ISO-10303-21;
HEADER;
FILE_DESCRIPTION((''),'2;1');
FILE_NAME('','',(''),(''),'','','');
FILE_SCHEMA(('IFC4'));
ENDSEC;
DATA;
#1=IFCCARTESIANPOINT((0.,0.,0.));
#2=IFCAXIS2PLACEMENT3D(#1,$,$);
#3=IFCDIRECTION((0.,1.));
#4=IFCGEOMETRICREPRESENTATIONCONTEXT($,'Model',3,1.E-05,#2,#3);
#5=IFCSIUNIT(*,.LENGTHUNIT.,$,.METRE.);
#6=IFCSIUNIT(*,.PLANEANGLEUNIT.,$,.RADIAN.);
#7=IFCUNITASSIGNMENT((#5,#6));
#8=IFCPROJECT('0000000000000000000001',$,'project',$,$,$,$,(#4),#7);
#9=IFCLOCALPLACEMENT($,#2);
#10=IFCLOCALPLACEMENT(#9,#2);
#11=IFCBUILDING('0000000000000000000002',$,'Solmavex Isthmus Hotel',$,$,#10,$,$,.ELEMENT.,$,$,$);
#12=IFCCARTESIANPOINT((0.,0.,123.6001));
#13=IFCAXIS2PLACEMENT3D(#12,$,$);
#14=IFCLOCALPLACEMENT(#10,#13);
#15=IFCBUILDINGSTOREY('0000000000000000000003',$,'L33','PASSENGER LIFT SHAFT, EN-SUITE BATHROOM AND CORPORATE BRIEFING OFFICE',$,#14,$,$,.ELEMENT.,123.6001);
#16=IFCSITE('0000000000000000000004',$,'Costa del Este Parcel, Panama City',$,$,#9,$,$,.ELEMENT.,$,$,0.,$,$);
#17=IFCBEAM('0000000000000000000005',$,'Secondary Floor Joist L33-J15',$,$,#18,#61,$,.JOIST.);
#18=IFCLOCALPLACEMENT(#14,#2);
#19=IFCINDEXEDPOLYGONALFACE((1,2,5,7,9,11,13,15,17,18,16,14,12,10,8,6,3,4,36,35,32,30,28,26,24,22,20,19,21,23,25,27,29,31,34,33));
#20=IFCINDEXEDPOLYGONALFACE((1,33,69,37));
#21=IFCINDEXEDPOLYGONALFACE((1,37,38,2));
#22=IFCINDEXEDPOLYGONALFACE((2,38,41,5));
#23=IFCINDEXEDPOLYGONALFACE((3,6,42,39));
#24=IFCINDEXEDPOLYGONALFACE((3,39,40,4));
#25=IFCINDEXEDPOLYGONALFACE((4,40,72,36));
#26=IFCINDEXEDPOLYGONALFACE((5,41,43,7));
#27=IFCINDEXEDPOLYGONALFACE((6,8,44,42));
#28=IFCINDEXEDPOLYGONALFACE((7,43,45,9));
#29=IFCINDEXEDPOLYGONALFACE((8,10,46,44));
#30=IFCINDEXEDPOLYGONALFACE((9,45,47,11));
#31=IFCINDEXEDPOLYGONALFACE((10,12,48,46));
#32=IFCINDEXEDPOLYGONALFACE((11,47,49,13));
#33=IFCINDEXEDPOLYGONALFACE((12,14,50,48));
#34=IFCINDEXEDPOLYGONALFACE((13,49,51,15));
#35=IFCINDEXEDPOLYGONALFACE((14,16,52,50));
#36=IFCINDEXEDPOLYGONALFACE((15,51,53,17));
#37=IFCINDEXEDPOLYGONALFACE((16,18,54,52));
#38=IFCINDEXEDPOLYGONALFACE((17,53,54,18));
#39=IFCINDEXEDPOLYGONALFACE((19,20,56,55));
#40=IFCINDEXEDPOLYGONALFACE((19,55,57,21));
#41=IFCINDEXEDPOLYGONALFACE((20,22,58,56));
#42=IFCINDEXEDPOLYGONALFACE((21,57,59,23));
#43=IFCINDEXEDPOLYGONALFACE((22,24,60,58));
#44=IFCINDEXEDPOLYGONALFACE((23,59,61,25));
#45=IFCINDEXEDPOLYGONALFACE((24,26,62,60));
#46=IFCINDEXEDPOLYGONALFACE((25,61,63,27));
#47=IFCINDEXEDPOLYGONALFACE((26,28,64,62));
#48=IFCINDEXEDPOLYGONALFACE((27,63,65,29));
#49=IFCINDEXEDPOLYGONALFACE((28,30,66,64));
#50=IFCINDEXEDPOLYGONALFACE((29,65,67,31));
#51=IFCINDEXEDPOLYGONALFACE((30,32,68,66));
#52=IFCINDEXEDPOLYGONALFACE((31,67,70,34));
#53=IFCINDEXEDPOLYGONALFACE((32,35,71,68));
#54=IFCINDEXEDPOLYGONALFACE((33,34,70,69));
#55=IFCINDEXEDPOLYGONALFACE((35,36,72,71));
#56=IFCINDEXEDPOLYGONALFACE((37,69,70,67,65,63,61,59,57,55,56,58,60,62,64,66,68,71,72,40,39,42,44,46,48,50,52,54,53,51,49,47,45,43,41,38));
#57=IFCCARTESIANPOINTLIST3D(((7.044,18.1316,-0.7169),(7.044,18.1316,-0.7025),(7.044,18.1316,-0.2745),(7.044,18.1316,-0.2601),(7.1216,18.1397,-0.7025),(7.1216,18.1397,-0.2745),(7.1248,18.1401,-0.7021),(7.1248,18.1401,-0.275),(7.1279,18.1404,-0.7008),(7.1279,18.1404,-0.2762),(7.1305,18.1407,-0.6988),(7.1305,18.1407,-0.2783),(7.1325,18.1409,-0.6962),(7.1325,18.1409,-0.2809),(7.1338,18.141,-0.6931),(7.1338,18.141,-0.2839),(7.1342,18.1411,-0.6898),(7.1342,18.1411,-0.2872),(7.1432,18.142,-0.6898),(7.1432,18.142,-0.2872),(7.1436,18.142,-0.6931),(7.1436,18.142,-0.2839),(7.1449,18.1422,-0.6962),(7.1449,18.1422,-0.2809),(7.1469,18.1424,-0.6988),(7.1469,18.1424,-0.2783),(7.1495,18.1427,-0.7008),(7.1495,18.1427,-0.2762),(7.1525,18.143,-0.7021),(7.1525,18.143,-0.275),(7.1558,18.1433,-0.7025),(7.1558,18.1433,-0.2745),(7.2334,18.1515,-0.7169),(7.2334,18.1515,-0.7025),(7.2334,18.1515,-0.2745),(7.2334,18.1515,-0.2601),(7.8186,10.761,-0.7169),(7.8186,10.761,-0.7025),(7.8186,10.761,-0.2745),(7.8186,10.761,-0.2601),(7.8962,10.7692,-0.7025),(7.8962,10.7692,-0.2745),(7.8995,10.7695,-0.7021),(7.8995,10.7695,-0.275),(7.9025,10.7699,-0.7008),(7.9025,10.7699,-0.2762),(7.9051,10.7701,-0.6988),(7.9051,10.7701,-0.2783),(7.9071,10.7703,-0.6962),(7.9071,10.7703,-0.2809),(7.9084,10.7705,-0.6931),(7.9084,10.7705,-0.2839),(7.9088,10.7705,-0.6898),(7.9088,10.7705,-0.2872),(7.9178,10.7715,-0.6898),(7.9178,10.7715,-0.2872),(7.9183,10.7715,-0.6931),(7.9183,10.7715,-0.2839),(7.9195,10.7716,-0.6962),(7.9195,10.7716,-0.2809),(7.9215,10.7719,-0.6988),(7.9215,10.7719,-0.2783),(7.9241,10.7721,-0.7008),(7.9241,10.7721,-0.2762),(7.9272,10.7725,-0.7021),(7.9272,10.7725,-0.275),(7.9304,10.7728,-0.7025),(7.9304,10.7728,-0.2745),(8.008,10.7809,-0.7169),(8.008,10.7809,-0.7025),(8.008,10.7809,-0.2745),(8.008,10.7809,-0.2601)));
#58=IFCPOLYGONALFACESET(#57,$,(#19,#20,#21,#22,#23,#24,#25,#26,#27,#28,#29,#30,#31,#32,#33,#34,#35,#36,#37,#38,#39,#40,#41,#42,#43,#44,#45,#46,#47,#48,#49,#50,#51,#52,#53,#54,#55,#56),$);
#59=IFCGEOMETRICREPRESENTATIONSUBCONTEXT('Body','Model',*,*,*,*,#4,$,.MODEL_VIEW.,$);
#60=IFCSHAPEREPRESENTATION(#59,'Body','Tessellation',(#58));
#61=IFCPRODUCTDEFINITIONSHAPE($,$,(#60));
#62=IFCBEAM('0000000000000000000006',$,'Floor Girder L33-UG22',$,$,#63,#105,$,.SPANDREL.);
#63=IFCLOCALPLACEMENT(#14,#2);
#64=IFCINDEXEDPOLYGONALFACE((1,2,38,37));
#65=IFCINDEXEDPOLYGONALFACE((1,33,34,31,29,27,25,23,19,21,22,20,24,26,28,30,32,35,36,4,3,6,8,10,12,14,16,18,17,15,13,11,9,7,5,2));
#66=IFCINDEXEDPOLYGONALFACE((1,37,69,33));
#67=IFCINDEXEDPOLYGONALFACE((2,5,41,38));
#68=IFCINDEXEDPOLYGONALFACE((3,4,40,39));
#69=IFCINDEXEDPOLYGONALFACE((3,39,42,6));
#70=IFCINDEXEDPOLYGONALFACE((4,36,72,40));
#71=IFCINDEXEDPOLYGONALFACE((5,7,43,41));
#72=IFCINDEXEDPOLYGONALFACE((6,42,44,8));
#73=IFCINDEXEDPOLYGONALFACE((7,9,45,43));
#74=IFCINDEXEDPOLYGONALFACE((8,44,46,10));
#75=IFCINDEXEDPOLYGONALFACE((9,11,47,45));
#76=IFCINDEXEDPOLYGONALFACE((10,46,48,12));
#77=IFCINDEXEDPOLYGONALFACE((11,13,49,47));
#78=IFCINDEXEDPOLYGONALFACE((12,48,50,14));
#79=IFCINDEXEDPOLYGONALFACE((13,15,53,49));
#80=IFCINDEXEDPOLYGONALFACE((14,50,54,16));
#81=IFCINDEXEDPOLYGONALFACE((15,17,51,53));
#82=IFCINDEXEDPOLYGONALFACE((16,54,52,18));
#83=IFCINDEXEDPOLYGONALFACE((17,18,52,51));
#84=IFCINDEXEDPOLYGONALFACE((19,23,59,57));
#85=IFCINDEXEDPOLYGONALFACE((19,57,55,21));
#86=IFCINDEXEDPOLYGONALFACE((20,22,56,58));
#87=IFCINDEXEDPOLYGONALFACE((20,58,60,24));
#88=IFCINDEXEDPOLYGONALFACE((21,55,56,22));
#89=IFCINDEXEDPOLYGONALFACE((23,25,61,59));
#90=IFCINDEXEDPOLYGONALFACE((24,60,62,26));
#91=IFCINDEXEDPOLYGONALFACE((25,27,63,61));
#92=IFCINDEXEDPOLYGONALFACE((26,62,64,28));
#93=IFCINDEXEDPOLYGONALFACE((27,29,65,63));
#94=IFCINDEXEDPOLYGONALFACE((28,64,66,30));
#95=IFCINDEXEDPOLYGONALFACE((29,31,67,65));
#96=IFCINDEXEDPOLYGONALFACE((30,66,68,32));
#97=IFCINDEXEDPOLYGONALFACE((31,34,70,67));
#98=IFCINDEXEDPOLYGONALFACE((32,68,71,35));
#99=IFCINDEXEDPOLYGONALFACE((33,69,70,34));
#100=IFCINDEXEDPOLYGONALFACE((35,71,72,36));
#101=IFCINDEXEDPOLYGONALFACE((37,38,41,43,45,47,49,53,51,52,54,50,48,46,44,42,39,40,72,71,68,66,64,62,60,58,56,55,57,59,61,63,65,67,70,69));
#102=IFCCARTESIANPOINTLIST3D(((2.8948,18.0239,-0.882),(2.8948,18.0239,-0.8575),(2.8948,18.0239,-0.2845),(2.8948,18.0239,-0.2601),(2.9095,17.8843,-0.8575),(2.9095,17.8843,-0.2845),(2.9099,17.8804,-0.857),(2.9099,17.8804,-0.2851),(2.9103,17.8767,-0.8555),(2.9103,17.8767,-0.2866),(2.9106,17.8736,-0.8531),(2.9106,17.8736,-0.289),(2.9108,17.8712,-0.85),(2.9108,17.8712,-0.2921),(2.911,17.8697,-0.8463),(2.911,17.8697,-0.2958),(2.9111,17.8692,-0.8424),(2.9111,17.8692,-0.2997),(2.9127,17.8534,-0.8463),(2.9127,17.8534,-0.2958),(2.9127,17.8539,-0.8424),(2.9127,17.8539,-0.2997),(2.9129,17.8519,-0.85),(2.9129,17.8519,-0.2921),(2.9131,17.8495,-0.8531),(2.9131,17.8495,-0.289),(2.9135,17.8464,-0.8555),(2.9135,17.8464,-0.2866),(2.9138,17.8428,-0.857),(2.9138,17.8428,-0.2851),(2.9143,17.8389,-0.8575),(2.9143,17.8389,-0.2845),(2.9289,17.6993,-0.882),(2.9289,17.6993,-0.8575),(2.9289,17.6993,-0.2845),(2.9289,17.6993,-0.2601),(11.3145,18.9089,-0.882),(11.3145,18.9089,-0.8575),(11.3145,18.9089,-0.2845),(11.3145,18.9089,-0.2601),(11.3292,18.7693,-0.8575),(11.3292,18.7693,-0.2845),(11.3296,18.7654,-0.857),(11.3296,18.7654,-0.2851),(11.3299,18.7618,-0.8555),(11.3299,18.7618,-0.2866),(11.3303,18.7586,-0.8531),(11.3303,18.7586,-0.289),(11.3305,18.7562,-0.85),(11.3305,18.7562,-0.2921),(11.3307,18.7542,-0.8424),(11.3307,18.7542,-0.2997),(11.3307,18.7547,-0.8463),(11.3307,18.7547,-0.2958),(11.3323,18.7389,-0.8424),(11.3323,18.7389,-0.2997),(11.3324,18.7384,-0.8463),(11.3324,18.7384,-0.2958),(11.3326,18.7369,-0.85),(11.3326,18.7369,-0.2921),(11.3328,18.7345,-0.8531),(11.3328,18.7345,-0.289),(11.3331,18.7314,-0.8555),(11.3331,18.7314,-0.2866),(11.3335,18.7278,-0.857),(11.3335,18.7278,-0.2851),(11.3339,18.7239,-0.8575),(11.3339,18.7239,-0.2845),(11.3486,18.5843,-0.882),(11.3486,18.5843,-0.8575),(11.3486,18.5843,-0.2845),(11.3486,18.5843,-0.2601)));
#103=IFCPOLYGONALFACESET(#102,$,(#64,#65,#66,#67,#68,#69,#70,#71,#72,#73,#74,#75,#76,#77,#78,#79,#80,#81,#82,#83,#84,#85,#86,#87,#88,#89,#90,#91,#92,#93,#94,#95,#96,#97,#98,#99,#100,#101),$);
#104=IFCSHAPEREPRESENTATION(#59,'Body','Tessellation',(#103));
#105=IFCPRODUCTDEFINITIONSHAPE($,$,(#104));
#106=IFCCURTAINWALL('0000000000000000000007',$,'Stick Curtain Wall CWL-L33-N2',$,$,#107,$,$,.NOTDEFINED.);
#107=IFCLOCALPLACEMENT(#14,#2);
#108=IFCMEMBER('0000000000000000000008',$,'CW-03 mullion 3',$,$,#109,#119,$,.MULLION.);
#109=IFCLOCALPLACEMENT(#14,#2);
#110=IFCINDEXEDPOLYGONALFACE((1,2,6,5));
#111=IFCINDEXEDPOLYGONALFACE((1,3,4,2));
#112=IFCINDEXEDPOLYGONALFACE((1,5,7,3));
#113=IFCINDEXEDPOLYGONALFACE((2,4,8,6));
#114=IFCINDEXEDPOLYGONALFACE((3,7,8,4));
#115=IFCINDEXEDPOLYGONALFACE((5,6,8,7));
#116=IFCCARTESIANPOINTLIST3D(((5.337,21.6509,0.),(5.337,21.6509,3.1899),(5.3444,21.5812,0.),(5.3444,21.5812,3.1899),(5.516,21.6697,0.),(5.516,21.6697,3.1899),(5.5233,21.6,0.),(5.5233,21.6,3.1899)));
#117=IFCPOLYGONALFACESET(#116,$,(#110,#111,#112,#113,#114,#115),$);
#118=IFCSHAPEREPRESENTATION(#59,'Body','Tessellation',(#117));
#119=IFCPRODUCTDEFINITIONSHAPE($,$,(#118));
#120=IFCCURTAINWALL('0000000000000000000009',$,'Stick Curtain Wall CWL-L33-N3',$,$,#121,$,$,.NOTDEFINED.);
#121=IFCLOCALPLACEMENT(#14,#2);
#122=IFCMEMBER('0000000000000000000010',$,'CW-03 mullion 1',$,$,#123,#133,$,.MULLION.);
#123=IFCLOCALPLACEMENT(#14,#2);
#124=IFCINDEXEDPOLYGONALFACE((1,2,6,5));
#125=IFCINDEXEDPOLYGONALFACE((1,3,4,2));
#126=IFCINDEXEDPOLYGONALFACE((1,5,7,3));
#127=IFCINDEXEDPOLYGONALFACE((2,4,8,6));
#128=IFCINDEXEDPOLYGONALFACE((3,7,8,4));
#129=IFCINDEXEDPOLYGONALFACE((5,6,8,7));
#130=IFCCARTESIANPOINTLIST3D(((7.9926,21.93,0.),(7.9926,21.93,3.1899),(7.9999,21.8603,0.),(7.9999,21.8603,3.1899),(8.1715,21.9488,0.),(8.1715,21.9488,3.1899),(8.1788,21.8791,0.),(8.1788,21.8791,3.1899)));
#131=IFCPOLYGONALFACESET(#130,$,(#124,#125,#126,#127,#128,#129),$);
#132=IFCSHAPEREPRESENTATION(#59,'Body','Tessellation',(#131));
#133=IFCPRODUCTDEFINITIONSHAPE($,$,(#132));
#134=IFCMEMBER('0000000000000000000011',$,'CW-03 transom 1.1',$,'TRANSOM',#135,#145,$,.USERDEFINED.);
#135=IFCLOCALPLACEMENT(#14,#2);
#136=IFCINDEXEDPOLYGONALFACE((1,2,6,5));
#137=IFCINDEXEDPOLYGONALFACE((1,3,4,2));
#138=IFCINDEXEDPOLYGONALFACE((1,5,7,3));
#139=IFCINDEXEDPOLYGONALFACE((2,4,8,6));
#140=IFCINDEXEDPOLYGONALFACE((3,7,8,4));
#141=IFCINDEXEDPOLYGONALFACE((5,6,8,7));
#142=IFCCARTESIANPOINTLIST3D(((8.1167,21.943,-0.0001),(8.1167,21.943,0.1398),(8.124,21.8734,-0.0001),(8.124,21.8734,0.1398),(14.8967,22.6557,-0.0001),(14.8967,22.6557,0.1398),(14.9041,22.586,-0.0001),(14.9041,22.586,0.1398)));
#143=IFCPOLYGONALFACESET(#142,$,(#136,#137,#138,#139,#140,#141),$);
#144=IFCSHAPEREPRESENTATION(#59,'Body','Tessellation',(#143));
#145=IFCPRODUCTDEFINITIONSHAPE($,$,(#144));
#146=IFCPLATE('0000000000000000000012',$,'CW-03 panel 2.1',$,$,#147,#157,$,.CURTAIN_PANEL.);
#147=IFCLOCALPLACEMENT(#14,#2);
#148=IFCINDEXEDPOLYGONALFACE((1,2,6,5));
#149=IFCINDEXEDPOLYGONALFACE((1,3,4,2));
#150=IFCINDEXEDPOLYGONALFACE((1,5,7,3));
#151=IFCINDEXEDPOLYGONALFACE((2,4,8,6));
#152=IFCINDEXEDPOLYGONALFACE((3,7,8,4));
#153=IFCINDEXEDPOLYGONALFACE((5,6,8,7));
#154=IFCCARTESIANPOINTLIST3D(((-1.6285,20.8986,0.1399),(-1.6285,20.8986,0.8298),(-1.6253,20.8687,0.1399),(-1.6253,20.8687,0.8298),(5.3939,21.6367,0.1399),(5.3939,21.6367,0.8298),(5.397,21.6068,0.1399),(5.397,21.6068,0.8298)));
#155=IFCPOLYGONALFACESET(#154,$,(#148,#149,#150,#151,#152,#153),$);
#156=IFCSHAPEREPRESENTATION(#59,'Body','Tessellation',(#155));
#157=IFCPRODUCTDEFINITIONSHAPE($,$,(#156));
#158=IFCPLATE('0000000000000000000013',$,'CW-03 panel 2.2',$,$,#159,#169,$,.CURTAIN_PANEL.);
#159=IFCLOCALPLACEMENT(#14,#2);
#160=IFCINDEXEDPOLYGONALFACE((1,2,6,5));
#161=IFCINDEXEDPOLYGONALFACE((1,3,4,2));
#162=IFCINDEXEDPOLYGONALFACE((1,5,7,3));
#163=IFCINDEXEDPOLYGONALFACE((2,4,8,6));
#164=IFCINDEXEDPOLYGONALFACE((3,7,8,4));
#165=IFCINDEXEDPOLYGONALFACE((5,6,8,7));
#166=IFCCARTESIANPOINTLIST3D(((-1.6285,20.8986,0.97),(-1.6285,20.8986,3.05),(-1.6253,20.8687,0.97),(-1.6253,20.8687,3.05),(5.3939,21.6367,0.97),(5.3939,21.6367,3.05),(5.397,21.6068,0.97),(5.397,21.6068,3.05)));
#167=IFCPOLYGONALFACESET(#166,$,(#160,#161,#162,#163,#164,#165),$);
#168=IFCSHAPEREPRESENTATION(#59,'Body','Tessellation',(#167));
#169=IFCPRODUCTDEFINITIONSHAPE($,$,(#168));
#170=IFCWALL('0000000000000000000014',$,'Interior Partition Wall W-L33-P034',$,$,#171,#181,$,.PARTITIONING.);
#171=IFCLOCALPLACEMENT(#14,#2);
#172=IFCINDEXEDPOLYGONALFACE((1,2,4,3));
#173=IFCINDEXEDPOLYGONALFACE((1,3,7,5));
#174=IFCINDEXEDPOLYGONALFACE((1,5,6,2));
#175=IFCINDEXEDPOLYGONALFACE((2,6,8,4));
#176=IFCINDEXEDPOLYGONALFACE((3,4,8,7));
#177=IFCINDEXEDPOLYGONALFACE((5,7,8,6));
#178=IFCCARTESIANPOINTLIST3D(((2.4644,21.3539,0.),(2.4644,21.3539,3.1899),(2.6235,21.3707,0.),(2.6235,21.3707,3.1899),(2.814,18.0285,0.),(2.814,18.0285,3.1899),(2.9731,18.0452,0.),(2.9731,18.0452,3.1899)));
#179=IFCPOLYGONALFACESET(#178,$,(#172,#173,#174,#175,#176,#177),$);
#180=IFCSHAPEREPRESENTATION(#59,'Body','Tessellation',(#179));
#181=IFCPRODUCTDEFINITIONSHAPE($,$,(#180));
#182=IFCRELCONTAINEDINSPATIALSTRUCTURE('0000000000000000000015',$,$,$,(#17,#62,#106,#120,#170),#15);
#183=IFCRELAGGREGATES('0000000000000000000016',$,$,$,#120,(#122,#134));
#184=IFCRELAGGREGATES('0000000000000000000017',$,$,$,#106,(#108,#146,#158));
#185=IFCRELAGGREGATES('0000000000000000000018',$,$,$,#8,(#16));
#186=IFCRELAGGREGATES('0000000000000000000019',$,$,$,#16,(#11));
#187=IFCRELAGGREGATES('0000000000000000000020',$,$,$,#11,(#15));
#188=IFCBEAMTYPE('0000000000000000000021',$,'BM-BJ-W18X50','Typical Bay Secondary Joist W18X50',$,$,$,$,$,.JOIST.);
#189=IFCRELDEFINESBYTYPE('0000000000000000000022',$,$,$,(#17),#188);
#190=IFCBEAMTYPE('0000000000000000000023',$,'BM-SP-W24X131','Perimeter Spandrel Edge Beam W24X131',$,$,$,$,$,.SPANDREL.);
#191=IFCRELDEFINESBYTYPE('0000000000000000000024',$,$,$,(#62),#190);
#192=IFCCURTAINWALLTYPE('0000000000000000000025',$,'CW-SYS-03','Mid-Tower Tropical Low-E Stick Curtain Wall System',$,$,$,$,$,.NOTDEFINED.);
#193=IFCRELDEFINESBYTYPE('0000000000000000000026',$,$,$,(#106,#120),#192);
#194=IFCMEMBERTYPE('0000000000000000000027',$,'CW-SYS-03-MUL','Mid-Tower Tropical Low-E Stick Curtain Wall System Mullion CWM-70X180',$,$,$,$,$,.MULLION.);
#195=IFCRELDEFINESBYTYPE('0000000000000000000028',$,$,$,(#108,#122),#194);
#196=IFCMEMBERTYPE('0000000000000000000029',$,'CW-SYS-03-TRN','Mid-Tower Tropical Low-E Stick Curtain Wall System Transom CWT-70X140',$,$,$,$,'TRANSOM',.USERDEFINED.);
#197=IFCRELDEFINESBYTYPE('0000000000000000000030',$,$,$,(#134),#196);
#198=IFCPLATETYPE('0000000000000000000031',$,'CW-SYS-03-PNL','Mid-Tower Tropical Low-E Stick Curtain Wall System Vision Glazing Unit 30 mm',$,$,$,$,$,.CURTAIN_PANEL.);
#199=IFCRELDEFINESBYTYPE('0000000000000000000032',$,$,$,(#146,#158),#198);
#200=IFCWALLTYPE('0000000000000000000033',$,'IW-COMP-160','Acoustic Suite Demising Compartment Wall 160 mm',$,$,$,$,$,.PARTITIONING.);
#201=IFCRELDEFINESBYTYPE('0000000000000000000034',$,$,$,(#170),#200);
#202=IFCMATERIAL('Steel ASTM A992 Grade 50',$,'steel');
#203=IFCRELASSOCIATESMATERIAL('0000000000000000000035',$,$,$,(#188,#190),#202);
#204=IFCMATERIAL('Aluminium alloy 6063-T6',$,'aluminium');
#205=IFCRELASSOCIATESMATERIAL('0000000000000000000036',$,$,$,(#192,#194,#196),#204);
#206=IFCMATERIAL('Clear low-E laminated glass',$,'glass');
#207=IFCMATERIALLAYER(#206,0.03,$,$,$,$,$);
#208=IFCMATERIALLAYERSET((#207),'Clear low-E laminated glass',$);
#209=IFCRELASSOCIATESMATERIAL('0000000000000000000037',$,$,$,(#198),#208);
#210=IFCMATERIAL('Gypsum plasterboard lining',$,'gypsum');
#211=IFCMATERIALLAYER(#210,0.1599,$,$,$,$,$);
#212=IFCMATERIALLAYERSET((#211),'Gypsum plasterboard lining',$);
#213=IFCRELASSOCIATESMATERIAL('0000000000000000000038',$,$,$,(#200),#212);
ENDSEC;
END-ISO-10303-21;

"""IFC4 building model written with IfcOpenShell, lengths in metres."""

from ifc_helpers import new_model, si_unit, direction, frame, frame_2d, origin, origin_2d, place, context, subcontext, project, spatial, rectangle, i_section, extrude, material, layer, layer_set, material_profile, profile_set, type_object, element, aggregate, save


model = new_model("IFC4")

# Units and contexts
model_context = context("Model", 3, precision=1e-05, world=origin(), true_north=direction((0.0, 1.0)))
body_context = subcontext(model_context, "Body", "Model", "MODEL_VIEW")
ifc_project = project(units=[si_unit("LENGTHUNIT", "METRE"), si_unit("PLANEANGLEUNIT", "RADIAN")], contexts=[model_context])

# Site, building, storey
site_placement = place(None, origin())
site = spatial("IfcSite", under=ifc_project, at=site_placement, Name="Costa del Este Parcel, Panama City", CompositionType="ELEMENT", RefElevation=0.0)
building_placement = place(site_placement, origin())
building = spatial("IfcBuilding", under=site, at=building_placement, Name="Solmavex Isthmus Hotel", CompositionType="ELEMENT")
storey_placement = place(building_placement, frame((0.0, 0.0, 123.6001)))
storey = spatial("IfcBuildingStorey", under=building, at=storey_placement, Name="L33", Description="PASSENGER LIFT SHAFT, EN-SUITE BATHROOM AND CORPORATE BRIEFING OFFICE", CompositionType="ELEMENT", Elevation=123.6001)

# Beams
ifc_material_1 = material(Name="Steel ASTM A992 Grade 50", Category="steel")
ifc_material_profile_1 = material_profile(ifc_material_1, i_section(OverallWidth=0.1904, OverallDepth=0.4568, WebThickness=0.009, FlangeThickness=0.0144, FilletRadius=0.0127, at=origin_2d()), Name="W18X50")
ifc_profile_set_1 = profile_set([ifc_material_profile_1], Name="Steel ASTM A992 Grade 50")
beam_type_1 = type_object("IfcBeamType", Name="BM-BJ-W18X50", Description="Typical Bay Secondary Joist W18X50", PredefinedType="JOIST", material=ifc_profile_set_1)
beam_1_placement = place(storey_placement, frame((7.9133, 10.771, -0.4885), z_axis=(-0.104525, 0.994522, 0.0), x_axis=(-0.994522, -0.104525, 0.0)))
element("IfcBeam", 1, at=beam_1_placement, inside=storey, type_object=beam_type_1, Name="Secondary Floor Joist L33-J15", PredefinedType="JOIST", context=body_context, shape_type="SweptSolid", body=[
    extrude(i_section(OverallWidth=0.1904, OverallDepth=0.4568, WebThickness=0.009, FlangeThickness=0.0144, FilletRadius=0.0127, at=origin_2d()), origin(), (0.0, 0.0, 1.0), 7.4111),
])
ifc_material_profile_2 = material_profile(ifc_material_1, i_section(OverallWidth=0.3264, OverallDepth=0.6218, WebThickness=0.0154, FlangeThickness=0.0244, FilletRadius=0.0151, at=origin_2d()), Name="W24X131")
ifc_profile_set_2 = profile_set([ifc_material_profile_2], Name="Steel ASTM A992 Grade 50")
beam_type_2 = type_object("IfcBeamType", Name="BM-SP-W24X131", Description="Perimeter Spandrel Edge Beam W24X131", PredefinedType="SPANDREL", material=ifc_profile_set_2)
beam_2_placement = place(storey_placement, frame((2.9119, 17.8616, -0.571), z_axis=(0.994521, 0.104536, 0.0), x_axis=(-0.104536, 0.994521, 0.0)))
element("IfcBeam", 2, at=beam_2_placement, inside=storey, type_object=beam_type_2, Name="Floor Girder L33-UG22", PredefinedType="SPANDREL", context=body_context, shape_type="SweptSolid", body=[
    extrude(i_section(OverallWidth=0.3264, OverallDepth=0.6218, WebThickness=0.0154, FlangeThickness=0.0244, FilletRadius=0.0151, at=origin_2d()), origin(), (0.0, 0.0, 1.0), 8.4661),
])

# Curtain wall, member
ifc_material_2 = material(Name="Aluminium alloy 6063-T6", Category="aluminium")
curtain_wall_type = type_object("IfcCurtainWallType", Name="CW-SYS-03", Description="Mid-Tower Tropical Low-E Stick Curtain Wall System", PredefinedType="NOTDEFINED", material=ifc_material_2)
curtain_wall_1_placement = place(storey_placement, origin())
curtain_wall_1 = element("IfcCurtainWall", 3, at=curtain_wall_1_placement, inside=storey, type_object=curtain_wall_type, Name="Stick Curtain Wall CWL-L33-N2", PredefinedType="NOTDEFINED")
ifc_material_profile_3 = material_profile(ifc_material_2, rectangle(XDim=0.0701, YDim=0.1799, at=origin_2d()), Name="CWM-70X180")
ifc_profile_set_3 = profile_set([ifc_material_profile_3], Name="Aluminium alloy 6063-T6")
member_type_1 = type_object("IfcMemberType", Name="CW-SYS-03-MUL", Description="Mid-Tower Tropical Low-E Stick Curtain Wall System Mullion CWM-70X180", PredefinedType="MULLION", material=ifc_profile_set_3)
member_1_placement = place(storey_placement, frame((5.4302, 21.6255, 0.0), z_axis=(0.0, 0.0, 1.0), x_axis=(-0.104528, 0.994522, 0.0)))
member_1 = element("IfcMember", 4, at=member_1_placement, type_object=member_type_1, Name="CW-03 mullion 3", PredefinedType="MULLION", context=body_context, shape_type="SweptSolid", body=[
    extrude(rectangle(XDim=0.0701, YDim=0.1799, at=origin_2d()), origin(), (0.0, 0.0, 1.0), 3.1899),
])

# Curtain wall, members
curtain_wall_2_placement = place(storey_placement, origin())
curtain_wall_2 = element("IfcCurtainWall", 5, at=curtain_wall_2_placement, inside=storey, type_object=curtain_wall_type, Name="Stick Curtain Wall CWL-L33-N3", PredefinedType="NOTDEFINED")
member_2_placement = place(storey_placement, frame((8.0857, 21.9045, 0.0), z_axis=(0.0, 0.0, 1.0), x_axis=(-0.104528, 0.994522, 0.0)))
member_2 = element("IfcMember", 6, at=member_2_placement, type_object=member_type_1, Name="CW-03 mullion 1", PredefinedType="MULLION", context=body_context, shape_type="SweptSolid", body=[
    extrude(rectangle(XDim=0.0701, YDim=0.1799, at=origin_2d()), origin(), (0.0, 0.0, 1.0), 3.1899),
])
ifc_material_profile_4 = material_profile(ifc_material_2, rectangle(XDim=0.0701, YDim=0.1399, at=origin_2d()), Name="CWT-70X140")
ifc_profile_set_4 = profile_set([ifc_material_profile_4], Name="Aluminium alloy 6063-T6")
member_type_2 = type_object("IfcMemberType", Name="CW-SYS-03-TRN", Description="Mid-Tower Tropical Low-E Stick Curtain Wall System Transom CWT-70X140", ElementType="TRANSOM", PredefinedType="USERDEFINED", material=ifc_profile_set_4)
member_3_placement = place(storey_placement, frame((8.1204, 21.9082, 0.0698), z_axis=(0.994521, 0.104534, 0.0), x_axis=(-0.104534, 0.994521, 0.0)))
member_3 = element("IfcMember", 7, at=member_3_placement, type_object=member_type_2, Name="CW-03 transom 1.1", ObjectType="TRANSOM", PredefinedType="USERDEFINED", context=body_context, shape_type="SweptSolid", body=[
    extrude(rectangle(XDim=0.0701, YDim=0.1399, at=origin_2d()), origin(), (0.0, 0.0, 1.0), 6.8174),
])
aggregate(curtain_wall_2, [member_2, member_3])

# Plates
ifc_material_3 = material(Name="Clear low-E laminated glass", Category="glass")
ifc_layer_1 = layer(ifc_material_3, 0.03)
ifc_layer_set_1 = layer_set([ifc_layer_1], Name="Clear low-E laminated glass")
plate_type = type_object("IfcPlateType", Name="CW-SYS-03-PNL", Description="Mid-Tower Tropical Low-E Stick Curtain Wall System Vision Glazing Unit 30 mm", PredefinedType="CURTAIN_PANEL", material=ifc_layer_set_1)
plate_1_placement = place(storey_placement, frame((1.8843, 21.2527, 0.1399), z_axis=(0.0, 0.0, 1.0), x_axis=(0.994522, 0.104528, 0.0)))
plate_1 = element("IfcPlate", 8, at=plate_1_placement, type_object=plate_type, Name="CW-03 panel 2.1", PredefinedType="CURTAIN_PANEL", context=body_context, shape_type="SweptSolid", body=[
    extrude(rectangle(XDim=7.061, YDim=0.03, at=origin_2d()), origin(), (0.0, 0.0, 1.0), 0.6899),
])
plate_2_placement = place(storey_placement, frame((1.8843, 21.2527, 0.97), z_axis=(0.0, 0.0, 1.0), x_axis=(0.994522, 0.104528, 0.0)))
plate_2 = element("IfcPlate", 9, at=plate_2_placement, type_object=plate_type, Name="CW-03 panel 2.2", PredefinedType="CURTAIN_PANEL", context=body_context, shape_type="SweptSolid", body=[
    extrude(rectangle(XDim=7.061, YDim=0.03, at=origin_2d()), origin(), (0.0, 0.0, 1.0), 2.0801),
])
aggregate(curtain_wall_1, [member_1, plate_1, plate_2])

# Wall
ifc_material_4 = material(Name="Gypsum plasterboard lining", Category="gypsum")
ifc_layer_2 = layer(ifc_material_4, 0.1599)
ifc_layer_set_2 = layer_set([ifc_layer_2], Name="Gypsum plasterboard lining")
wall_type_1 = type_object("IfcWallType", Name="IW-COMP-160", Description="Acoustic Suite Demising Compartment Wall 160 mm", PredefinedType="PARTITIONING", material=ifc_layer_set_2)
wall_1_placement = place(storey_placement, frame((2.5439, 21.3623, 0.0), z_axis=(0.0, 0.0, 1.0), x_axis=(0.104556, -0.994519, 0.0)))
element("IfcWall", 10, at=wall_1_placement, inside=storey, type_object=wall_type_1, Name="Interior Partition Wall W-L33-P034", PredefinedType="PARTITIONING", context=body_context, shape_type="SweptSolid", body=[
    extrude(rectangle(XDim=3.3438, YDim=0.1599, at=frame_2d((1.6719, 0.0))), origin(), (0.0, 0.0, 1.0), 3.1899),
])

save(model, "model.ifc")
